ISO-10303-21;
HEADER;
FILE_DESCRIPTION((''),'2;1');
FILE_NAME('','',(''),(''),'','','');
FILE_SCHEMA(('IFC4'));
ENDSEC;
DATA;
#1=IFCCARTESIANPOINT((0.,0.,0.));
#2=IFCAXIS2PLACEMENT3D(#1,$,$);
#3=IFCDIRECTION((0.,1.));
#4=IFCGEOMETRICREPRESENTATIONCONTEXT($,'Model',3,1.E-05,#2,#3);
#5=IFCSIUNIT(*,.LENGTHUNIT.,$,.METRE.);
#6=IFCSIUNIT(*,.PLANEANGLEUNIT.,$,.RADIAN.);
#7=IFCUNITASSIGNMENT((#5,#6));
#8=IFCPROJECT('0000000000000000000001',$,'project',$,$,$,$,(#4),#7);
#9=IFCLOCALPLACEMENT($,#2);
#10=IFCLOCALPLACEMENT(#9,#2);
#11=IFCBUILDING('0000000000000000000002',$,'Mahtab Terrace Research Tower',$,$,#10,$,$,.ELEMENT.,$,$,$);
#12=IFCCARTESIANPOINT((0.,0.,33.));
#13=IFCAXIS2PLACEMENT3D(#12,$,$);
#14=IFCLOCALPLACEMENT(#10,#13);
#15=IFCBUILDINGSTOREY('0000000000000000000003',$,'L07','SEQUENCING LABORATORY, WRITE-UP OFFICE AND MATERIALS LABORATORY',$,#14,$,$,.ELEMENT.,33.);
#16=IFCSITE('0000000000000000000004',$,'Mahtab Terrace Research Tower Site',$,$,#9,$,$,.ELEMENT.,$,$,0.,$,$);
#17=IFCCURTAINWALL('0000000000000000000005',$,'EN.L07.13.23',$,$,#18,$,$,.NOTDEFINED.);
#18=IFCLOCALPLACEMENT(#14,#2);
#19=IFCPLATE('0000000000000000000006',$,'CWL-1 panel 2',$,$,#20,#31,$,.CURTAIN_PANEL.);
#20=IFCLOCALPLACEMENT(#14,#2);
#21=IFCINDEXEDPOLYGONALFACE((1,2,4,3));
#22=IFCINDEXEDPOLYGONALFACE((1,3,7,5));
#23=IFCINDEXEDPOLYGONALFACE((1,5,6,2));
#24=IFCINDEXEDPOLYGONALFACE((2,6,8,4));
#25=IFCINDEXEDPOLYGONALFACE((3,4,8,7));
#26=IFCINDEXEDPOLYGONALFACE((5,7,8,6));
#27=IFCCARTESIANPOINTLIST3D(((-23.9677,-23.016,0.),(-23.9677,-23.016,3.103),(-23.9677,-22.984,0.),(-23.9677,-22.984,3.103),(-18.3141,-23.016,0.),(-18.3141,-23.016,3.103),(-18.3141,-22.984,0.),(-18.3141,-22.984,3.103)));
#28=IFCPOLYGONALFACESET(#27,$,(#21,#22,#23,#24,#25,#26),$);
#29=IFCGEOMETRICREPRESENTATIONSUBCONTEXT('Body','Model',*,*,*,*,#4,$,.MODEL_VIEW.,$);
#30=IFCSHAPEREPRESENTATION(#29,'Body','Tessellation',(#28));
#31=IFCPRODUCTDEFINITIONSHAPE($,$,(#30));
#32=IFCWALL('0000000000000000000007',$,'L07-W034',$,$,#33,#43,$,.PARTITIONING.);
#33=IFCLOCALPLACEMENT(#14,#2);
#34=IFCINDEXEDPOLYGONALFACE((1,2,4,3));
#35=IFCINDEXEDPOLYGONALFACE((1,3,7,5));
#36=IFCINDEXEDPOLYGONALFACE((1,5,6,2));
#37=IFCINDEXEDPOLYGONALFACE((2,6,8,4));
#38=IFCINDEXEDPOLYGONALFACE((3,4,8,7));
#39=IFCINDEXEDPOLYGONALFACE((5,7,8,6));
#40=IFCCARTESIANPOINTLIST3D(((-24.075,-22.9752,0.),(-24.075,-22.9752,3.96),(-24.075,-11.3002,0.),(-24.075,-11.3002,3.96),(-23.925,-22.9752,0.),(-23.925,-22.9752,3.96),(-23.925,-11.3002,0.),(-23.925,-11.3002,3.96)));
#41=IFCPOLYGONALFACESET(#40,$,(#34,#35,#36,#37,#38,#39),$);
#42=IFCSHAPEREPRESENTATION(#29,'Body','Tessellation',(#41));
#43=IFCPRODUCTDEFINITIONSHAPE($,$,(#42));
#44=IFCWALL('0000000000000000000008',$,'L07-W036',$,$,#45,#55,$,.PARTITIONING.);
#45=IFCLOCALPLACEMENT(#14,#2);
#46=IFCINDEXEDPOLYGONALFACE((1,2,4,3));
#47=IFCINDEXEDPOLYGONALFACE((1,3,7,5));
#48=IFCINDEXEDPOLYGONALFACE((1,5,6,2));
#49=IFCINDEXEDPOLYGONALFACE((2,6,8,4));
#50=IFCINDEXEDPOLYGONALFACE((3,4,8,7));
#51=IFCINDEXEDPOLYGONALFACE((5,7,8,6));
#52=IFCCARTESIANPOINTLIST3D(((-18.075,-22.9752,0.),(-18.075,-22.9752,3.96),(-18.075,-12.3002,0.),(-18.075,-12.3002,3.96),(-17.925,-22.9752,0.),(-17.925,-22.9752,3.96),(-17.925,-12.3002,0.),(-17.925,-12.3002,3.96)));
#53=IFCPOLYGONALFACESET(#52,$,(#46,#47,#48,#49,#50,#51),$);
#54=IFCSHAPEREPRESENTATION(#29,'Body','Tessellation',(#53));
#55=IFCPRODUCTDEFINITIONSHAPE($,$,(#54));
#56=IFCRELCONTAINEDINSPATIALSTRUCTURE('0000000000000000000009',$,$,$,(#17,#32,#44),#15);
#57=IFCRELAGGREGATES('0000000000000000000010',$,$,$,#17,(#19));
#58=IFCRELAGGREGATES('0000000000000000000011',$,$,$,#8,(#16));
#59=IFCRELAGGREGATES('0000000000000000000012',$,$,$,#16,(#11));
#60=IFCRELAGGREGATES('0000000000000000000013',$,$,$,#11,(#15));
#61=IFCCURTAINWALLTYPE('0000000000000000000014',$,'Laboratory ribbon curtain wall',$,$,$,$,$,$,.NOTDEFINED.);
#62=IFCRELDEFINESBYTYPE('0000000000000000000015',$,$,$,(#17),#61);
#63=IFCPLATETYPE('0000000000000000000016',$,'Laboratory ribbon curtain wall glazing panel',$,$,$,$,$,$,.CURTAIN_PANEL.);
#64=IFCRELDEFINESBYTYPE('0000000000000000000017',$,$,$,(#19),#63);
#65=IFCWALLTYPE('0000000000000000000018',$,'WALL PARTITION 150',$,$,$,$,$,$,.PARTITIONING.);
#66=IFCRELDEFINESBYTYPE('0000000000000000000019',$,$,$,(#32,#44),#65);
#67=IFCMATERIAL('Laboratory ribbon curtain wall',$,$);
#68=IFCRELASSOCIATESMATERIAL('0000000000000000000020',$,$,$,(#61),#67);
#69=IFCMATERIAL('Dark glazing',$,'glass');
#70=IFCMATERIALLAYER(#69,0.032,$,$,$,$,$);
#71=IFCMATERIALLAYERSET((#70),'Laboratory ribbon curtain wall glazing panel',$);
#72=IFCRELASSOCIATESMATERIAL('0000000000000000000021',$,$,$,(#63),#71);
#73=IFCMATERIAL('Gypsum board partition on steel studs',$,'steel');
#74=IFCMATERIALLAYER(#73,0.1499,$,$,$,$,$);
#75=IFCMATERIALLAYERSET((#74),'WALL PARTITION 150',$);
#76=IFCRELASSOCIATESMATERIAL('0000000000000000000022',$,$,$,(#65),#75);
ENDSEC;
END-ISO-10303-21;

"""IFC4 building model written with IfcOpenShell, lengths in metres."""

from ifc_helpers import new_model, si_unit, direction, frame, frame_2d, origin, origin_2d, place, context, subcontext, project, spatial, rectangle, extrude, material, layer, layer_set, type_object, element, aggregate, save


model = new_model("IFC4")

# Units and contexts
model_context = context("Model", 3, precision=1e-05, world=origin(), true_north=direction((0.0, 1.0)))
body_context = subcontext(model_context, "Body", "Model", "MODEL_VIEW")
ifc_project = project(units=[si_unit("LENGTHUNIT", "METRE"), si_unit("PLANEANGLEUNIT", "RADIAN")], contexts=[model_context])

# Site, building, storey
site_placement = place(None, origin())
site = spatial("IfcSite", under=ifc_project, at=site_placement, Name="Mahtab Terrace Research Tower Site", CompositionType="ELEMENT", RefElevation=0.0)
building_placement = place(site_placement, origin())
building = spatial("IfcBuilding", under=site, at=building_placement, Name="Mahtab Terrace Research Tower", CompositionType="ELEMENT")
storey_placement = place(building_placement, frame((0.0, 0.0, 33.0)))
storey = spatial("IfcBuildingStorey", under=building, at=storey_placement, Name="L07", Description="SEQUENCING LABORATORY, WRITE-UP OFFICE AND MATERIALS LABORATORY", CompositionType="ELEMENT", Elevation=33.0)

# Curtain wall
ifc_material_1 = material(Name="Laboratory ribbon curtain wall")
curtain_wall_type = type_object("IfcCurtainWallType", Name="Laboratory ribbon curtain wall", PredefinedType="NOTDEFINED", material=ifc_material_1)
curtain_wall_1_placement = place(storey_placement, origin())
curtain_wall_1 = element("IfcCurtainWall", 1, at=curtain_wall_1_placement, inside=storey, type_object=curtain_wall_type, Name="EN.L07.13.23", PredefinedType="NOTDEFINED")

# Plate
ifc_material_2 = material(Name="Dark glazing", Category="glass")
ifc_layer_1 = layer(ifc_material_2, 0.032)
ifc_layer_set_1 = layer_set([ifc_layer_1], Name="Laboratory ribbon curtain wall glazing panel")
plate_type = type_object("IfcPlateType", Name="Laboratory ribbon curtain wall glazing panel", PredefinedType="CURTAIN_PANEL", material=ifc_layer_set_1)
plate_1_placement = place(storey_placement, frame((-21.1409, -23.0, 0.0), z_axis=(0.0, 0.0, 1.0), x_axis=(1.0, 0.0, 0.0)))
plate_1 = element("IfcPlate", 2, at=plate_1_placement, type_object=plate_type, Name="CWL-1 panel 2", PredefinedType="CURTAIN_PANEL", context=body_context, shape_type="SweptSolid", body=[
    extrude(rectangle(XDim=5.6536, YDim=0.032, at=origin_2d()), origin(), (0.0, 0.0, 1.0), 3.103),
])
aggregate(curtain_wall_1, [plate_1])

# Walls
ifc_material_3 = material(Name="Gypsum board partition on steel studs", Category="steel")
ifc_layer_2 = layer(ifc_material_3, 0.1499)
ifc_layer_set_2 = layer_set([ifc_layer_2], Name="WALL PARTITION 150")
wall_type = type_object("IfcWallType", Name="WALL PARTITION 150", PredefinedType="PARTITIONING", material=ifc_layer_set_2)
wall_1_placement = place(storey_placement, frame((-24.0, -22.9751, 0.0), z_axis=(0.0, 0.0, 1.0), x_axis=(0.0, 1.0, 0.0)))
element("IfcWall", 3, at=wall_1_placement, inside=storey, type_object=wall_type, Name="L07-W034", PredefinedType="PARTITIONING", context=body_context, shape_type="SweptSolid", body=[
    extrude(rectangle(XDim=11.675, YDim=0.1499, at=frame_2d((5.8374, 0.0))), origin(), (0.0, 0.0, 1.0), 3.96),
])
wall_2_placement = place(storey_placement, frame((-18.0, -22.9751, 0.0), z_axis=(0.0, 0.0, 1.0), x_axis=(0.0, 1.0, 0.0)))
element("IfcWall", 4, at=wall_2_placement, inside=storey, type_object=wall_type, Name="L07-W036", PredefinedType="PARTITIONING", context=body_context, shape_type="SweptSolid", body=[
    extrude(rectangle(XDim=10.675, YDim=0.1499, at=frame_2d((5.3374, 0.0))), origin(), (0.0, 0.0, 1.0), 3.96),
])

save(model, "model.ifc")
